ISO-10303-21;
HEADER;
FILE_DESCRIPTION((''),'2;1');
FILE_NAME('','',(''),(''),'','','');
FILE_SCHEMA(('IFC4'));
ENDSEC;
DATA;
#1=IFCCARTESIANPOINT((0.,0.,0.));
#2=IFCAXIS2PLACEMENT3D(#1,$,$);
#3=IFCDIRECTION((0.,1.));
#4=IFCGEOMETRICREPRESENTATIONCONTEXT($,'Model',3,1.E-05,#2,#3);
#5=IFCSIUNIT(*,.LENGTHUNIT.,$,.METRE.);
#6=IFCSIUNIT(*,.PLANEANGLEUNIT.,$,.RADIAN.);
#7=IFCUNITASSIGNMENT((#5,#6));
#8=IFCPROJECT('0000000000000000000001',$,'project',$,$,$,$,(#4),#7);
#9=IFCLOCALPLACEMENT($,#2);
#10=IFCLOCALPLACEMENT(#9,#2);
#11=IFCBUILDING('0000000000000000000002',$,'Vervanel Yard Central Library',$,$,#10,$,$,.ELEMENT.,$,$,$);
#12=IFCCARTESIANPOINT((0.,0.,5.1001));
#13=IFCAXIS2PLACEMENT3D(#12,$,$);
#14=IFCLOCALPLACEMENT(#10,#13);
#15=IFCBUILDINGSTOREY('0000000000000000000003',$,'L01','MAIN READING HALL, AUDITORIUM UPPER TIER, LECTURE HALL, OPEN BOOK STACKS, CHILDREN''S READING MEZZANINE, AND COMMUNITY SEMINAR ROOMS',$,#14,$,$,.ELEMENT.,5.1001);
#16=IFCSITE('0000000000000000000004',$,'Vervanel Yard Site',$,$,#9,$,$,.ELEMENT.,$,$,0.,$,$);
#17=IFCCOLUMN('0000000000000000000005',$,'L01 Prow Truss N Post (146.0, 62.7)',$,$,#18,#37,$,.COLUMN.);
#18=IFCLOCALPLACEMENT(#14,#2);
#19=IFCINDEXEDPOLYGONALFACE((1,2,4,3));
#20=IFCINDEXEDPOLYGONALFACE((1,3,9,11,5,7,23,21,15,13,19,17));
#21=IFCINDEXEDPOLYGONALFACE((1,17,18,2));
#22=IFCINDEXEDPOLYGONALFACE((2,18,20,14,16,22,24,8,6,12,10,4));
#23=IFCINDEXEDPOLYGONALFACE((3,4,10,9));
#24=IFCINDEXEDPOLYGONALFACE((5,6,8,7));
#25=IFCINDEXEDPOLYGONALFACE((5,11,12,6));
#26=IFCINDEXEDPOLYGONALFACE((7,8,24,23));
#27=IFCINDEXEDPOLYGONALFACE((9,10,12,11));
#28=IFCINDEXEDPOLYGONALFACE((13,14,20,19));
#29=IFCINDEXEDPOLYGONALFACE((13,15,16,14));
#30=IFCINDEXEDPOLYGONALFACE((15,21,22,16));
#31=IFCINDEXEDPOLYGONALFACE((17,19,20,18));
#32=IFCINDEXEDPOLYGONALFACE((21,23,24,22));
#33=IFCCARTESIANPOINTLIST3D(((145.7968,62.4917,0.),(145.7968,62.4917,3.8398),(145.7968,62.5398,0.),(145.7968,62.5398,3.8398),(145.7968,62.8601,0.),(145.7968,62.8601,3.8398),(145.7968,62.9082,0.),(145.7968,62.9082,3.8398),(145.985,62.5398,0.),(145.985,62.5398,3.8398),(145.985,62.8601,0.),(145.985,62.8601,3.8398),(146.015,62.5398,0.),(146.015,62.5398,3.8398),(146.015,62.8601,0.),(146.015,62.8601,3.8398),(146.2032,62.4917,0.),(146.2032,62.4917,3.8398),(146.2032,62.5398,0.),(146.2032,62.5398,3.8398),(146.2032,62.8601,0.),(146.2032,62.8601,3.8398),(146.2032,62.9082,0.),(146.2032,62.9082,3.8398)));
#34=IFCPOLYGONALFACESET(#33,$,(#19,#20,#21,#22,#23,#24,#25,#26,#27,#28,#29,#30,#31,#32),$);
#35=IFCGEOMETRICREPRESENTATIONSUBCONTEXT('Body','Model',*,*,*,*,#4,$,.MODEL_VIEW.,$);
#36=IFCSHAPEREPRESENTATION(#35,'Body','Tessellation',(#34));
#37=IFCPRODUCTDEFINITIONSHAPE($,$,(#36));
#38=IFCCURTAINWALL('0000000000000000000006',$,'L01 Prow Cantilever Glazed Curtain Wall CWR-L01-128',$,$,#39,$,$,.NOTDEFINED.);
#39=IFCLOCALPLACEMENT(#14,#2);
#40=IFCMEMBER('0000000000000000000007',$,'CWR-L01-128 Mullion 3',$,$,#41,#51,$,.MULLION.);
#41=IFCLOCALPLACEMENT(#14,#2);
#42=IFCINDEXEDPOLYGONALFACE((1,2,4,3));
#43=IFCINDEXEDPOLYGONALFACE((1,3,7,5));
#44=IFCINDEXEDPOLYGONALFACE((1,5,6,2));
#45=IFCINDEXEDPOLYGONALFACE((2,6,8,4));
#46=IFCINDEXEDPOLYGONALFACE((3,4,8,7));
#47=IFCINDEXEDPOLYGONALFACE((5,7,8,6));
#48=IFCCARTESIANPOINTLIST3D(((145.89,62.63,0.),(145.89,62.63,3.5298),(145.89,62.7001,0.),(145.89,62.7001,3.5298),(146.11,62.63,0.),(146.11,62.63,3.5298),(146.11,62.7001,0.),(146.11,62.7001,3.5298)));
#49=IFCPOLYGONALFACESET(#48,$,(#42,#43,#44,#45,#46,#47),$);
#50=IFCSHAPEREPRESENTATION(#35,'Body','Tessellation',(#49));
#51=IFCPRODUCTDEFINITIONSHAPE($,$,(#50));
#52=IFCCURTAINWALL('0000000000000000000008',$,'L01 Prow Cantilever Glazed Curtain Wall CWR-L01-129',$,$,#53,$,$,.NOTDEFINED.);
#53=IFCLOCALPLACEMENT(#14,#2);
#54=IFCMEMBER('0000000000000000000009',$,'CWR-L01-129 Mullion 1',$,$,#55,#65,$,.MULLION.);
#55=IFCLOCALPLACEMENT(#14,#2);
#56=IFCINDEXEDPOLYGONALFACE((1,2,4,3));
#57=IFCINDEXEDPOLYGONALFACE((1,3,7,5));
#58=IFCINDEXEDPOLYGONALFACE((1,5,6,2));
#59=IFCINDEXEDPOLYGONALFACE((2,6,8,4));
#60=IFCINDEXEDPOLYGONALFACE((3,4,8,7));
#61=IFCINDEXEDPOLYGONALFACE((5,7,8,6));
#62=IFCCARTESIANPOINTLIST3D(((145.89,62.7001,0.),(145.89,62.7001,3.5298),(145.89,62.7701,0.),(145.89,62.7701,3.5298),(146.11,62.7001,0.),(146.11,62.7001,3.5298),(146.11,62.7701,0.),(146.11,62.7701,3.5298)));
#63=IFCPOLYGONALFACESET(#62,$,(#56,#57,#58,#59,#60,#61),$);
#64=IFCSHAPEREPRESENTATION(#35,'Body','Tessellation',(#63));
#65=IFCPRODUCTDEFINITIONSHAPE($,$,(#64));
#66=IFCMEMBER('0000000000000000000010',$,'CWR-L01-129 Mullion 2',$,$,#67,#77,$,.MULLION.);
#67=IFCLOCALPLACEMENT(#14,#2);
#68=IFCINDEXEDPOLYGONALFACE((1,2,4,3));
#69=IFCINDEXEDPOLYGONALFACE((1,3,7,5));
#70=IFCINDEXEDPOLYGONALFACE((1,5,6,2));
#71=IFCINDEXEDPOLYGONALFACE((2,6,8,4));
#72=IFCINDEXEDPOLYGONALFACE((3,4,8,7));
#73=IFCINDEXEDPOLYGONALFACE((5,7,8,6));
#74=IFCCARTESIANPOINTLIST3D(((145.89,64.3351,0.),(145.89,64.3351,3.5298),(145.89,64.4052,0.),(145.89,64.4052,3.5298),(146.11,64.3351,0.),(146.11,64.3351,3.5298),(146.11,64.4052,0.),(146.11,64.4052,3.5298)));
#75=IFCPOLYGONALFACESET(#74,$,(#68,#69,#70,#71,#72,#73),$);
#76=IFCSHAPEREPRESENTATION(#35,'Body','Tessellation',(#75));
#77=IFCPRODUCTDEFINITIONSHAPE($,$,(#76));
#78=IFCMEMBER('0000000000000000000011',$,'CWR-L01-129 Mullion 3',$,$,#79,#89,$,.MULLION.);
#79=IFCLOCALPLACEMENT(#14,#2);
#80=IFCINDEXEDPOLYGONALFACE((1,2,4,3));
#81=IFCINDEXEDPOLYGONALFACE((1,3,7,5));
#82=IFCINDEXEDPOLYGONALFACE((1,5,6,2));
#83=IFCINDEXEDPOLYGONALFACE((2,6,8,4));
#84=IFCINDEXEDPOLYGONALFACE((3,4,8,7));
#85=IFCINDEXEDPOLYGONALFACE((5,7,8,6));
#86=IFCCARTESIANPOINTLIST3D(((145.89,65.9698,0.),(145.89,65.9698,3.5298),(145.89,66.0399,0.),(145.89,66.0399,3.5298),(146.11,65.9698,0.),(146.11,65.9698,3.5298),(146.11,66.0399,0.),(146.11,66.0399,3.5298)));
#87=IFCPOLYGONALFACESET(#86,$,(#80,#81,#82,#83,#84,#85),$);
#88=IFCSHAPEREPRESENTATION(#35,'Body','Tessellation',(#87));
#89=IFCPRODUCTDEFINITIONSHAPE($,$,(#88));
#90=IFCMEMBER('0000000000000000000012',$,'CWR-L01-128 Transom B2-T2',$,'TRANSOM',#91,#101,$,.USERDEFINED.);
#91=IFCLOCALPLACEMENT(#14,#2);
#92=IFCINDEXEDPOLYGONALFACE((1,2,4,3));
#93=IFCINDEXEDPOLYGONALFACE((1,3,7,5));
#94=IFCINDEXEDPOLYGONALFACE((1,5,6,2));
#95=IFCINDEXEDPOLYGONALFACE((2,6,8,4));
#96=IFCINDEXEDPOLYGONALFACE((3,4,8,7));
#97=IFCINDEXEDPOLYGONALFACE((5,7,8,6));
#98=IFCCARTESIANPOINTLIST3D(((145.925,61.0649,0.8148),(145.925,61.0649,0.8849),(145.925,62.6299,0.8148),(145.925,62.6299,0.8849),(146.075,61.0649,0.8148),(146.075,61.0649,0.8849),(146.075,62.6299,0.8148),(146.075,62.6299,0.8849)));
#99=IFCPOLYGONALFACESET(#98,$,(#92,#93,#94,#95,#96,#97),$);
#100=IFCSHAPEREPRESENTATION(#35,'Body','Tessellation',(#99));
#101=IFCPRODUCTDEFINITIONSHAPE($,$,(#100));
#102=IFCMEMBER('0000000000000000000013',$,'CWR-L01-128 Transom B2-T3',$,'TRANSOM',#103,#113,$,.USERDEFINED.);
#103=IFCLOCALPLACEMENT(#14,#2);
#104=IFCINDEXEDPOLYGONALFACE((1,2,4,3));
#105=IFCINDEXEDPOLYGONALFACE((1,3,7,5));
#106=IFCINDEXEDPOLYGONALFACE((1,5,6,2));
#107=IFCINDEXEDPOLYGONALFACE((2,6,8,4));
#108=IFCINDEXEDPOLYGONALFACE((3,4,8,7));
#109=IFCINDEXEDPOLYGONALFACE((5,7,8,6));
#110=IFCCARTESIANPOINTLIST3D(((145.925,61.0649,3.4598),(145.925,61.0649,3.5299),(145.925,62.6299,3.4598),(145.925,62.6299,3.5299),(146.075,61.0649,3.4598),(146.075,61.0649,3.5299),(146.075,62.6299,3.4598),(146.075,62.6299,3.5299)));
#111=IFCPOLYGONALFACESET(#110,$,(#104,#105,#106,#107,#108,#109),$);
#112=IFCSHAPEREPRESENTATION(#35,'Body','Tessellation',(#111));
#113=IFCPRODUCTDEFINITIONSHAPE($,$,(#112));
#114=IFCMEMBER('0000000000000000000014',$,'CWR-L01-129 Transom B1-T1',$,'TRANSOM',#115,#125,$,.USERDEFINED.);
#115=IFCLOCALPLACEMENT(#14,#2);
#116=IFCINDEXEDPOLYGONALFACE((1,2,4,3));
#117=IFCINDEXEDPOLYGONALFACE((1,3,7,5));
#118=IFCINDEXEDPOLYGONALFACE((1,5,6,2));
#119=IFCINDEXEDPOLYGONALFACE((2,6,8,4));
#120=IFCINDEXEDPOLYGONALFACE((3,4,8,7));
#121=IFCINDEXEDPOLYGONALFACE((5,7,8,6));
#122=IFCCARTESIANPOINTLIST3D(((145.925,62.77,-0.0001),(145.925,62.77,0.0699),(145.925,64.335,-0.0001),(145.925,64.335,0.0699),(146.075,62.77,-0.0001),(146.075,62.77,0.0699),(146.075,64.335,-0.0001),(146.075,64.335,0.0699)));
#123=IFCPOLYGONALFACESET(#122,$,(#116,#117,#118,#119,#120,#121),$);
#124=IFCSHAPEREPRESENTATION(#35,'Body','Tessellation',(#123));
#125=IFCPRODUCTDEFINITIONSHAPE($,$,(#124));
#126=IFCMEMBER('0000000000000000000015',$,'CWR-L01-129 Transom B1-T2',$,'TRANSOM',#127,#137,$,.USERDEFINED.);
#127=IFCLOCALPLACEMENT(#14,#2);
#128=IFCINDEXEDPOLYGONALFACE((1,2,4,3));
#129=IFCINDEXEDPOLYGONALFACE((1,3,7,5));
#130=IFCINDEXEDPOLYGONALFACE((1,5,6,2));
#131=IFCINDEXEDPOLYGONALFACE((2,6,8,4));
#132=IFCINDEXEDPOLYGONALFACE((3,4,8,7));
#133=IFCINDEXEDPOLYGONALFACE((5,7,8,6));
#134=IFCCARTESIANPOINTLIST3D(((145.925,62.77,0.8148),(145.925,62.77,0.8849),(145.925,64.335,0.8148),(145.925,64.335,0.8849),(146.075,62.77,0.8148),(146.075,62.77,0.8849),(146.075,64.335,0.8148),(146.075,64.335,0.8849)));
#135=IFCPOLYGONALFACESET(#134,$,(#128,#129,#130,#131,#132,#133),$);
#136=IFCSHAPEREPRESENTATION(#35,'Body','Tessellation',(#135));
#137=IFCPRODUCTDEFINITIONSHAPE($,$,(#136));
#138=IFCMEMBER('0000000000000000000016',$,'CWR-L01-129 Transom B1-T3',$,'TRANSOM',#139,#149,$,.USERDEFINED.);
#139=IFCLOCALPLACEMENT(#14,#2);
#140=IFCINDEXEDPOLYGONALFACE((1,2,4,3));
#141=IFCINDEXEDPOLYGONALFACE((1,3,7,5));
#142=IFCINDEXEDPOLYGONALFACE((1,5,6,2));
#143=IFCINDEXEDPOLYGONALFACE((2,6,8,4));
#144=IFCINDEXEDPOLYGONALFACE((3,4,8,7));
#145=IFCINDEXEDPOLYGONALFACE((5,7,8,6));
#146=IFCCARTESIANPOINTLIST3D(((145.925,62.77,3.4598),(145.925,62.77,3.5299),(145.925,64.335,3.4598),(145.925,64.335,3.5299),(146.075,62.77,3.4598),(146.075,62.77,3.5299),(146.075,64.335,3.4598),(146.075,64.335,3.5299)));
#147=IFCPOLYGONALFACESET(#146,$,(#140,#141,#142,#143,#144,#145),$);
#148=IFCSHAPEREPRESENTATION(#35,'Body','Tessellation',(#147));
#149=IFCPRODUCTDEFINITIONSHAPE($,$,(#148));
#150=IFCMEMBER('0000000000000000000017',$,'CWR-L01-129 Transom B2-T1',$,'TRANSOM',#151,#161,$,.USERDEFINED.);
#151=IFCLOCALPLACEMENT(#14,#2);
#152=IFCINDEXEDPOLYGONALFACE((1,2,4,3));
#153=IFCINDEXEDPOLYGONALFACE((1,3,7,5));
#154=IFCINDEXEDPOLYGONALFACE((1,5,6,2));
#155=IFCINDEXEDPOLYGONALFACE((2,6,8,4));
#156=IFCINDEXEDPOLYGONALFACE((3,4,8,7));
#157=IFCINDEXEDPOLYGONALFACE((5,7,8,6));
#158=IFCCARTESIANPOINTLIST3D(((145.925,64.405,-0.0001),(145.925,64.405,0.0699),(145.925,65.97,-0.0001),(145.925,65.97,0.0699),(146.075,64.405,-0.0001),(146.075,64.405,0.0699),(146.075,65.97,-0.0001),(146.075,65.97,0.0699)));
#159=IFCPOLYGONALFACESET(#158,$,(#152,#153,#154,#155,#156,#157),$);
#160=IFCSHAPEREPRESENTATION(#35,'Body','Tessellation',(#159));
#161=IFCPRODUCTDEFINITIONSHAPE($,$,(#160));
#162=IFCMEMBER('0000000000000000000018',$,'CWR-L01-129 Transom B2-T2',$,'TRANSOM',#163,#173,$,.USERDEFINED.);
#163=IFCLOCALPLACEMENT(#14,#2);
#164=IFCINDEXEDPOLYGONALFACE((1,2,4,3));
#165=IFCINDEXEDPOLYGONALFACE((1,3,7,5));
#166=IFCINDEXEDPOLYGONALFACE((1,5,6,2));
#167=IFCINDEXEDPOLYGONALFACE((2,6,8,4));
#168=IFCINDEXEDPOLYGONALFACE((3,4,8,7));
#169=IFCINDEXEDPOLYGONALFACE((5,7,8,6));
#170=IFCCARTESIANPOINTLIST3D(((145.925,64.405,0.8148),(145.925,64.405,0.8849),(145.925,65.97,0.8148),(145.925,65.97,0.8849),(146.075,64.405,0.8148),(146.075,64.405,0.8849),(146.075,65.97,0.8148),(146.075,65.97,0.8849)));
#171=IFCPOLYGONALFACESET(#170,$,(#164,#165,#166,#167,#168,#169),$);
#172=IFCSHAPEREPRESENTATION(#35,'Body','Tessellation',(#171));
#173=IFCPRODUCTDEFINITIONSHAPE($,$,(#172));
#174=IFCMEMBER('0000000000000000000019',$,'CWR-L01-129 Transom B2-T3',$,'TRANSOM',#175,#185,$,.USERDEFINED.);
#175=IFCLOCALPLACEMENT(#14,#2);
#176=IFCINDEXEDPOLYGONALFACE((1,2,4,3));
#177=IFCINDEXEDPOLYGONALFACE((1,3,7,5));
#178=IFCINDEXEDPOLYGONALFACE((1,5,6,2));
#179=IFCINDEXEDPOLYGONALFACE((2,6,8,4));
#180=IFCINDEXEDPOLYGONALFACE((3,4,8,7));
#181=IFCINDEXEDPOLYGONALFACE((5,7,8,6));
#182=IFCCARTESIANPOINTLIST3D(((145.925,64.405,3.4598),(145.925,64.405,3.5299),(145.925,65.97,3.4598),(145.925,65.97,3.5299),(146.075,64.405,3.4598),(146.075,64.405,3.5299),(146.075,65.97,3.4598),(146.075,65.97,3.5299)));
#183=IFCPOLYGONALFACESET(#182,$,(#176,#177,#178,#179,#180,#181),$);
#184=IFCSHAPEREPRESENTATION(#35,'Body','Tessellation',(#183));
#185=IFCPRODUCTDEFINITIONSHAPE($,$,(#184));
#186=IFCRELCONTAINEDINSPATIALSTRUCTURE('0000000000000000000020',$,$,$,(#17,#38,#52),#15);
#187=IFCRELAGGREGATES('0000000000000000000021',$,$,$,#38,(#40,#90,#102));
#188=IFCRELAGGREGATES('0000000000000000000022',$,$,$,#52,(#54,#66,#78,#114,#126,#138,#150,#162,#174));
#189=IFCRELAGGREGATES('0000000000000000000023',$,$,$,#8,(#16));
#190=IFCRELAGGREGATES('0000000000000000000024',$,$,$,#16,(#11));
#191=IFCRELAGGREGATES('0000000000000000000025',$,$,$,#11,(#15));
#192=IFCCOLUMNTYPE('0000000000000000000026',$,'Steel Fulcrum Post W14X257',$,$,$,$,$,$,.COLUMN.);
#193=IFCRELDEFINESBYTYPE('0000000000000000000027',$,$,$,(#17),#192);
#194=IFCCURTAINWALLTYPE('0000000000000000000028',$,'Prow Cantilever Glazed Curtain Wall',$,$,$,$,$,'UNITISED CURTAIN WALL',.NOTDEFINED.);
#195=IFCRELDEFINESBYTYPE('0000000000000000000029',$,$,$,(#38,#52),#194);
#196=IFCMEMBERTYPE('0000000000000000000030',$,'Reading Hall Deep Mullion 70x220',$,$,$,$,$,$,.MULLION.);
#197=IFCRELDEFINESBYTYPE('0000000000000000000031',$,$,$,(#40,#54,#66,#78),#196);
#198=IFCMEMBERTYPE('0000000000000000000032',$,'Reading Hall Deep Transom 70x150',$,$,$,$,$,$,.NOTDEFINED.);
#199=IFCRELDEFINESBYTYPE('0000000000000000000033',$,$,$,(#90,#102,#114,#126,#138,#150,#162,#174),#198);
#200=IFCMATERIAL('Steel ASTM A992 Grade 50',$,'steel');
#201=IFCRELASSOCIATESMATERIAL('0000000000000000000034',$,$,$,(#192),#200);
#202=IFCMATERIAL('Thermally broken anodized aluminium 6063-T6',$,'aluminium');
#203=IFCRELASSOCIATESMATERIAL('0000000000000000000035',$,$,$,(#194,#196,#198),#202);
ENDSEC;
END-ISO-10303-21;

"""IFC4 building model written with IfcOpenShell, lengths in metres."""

from ifc_helpers import new_model, si_unit, direction, frame, origin, origin_2d, place, context, subcontext, project, spatial, rectangle, i_section, extrude, material, material_profile, profile_set, type_object, element, aggregate, save


model = new_model("IFC4")

# Units and contexts
model_context = context("Model", 3, precision=1e-05, world=origin(), true_north=direction((0.0, 1.0)))
body_context = subcontext(model_context, "Body", "Model", "MODEL_VIEW")
ifc_project = project(units=[si_unit("LENGTHUNIT", "METRE"), si_unit("PLANEANGLEUNIT", "RADIAN")], contexts=[model_context])

# Site, building, storey
site_placement = place(None, origin())
site = spatial("IfcSite", under=ifc_project, at=site_placement, Name="Vervanel Yard Site", CompositionType="ELEMENT", RefElevation=0.0)
building_placement = place(site_placement, origin())
building = spatial("IfcBuilding", under=site, at=building_placement, Name="Vervanel Yard Central Library", CompositionType="ELEMENT")
storey_placement = place(building_placement, frame((0.0, 0.0, 5.1001)))
storey = spatial("IfcBuildingStorey", under=building, at=storey_placement, Name="L01", Description="MAIN READING HALL, AUDITORIUM UPPER TIER, LECTURE HALL, OPEN BOOK STACKS, CHILDREN'S READING MEZZANINE, AND COMMUNITY SEMINAR ROOMS", CompositionType="ELEMENT", Elevation=5.1001)

# Column
ifc_material_1 = material(Name="Steel ASTM A992 Grade 50", Category="steel")
ifc_material_profile_1 = material_profile(ifc_material_1, i_section(OverallWidth=0.4065, OverallDepth=0.4165, WebThickness=0.03, FlangeThickness=0.0481, at=origin_2d()), Name="W14X257", Category="steel")
ifc_profile_set_1 = profile_set([ifc_material_profile_1], Name="Steel ASTM A992 Grade 50")
column_type = type_object("IfcColumnType", Name="Steel Fulcrum Post W14X257", PredefinedType="COLUMN", material=ifc_profile_set_1)
column_placement = place(storey_placement, frame((146.0, 62.7, 0.0), z_axis=(0.0, 0.0, 1.0), x_axis=(1.0, 0.0, 0.0)))
element("IfcColumn", 1, at=column_placement, inside=storey, type_object=column_type, Name="L01 Prow Truss N Post (146.0, 62.7)", PredefinedType="COLUMN", context=body_context, shape_type="SweptSolid", body=[
    extrude(i_section(OverallWidth=0.4065, OverallDepth=0.4165, WebThickness=0.03, FlangeThickness=0.0481, at=origin_2d()), origin(), (0.0, 0.0, 1.0), 3.8398),
])

# Curtain wall, member
ifc_material_2 = material(Name="Thermally broken anodized aluminium 6063-T6", Category="aluminium")
curtain_wall_type = type_object("IfcCurtainWallType", Name="Prow Cantilever Glazed Curtain Wall", ElementType="UNITISED CURTAIN WALL", PredefinedType="NOTDEFINED", material=ifc_material_2)
curtain_wall_1_placement = place(storey_placement, origin())
curtain_wall_1 = element("IfcCurtainWall", 2, at=curtain_wall_1_placement, inside=storey, type_object=curtain_wall_type, Name="L01 Prow Cantilever Glazed Curtain Wall CWR-L01-128", PredefinedType="NOTDEFINED")
ifc_material_profile_2 = material_profile(ifc_material_2, rectangle(XDim=0.0701, YDim=0.22, at=origin_2d()), Name="ALU 70x220", Category="aluminium")
ifc_profile_set_2 = profile_set([ifc_material_profile_2], Name="Thermally broken anodized aluminium 6063-T6")
member_type_1 = type_object("IfcMemberType", Name="Reading Hall Deep Mullion 70x220", PredefinedType="MULLION", material=ifc_profile_set_2)
member_1_placement = place(storey_placement, frame((146.0, 62.665, 0.0), z_axis=(0.0, 0.0, 1.0), x_axis=(0.0, 1.0, 0.0)))
member_1 = element("IfcMember", 3, at=member_1_placement, type_object=member_type_1, Name="CWR-L01-128 Mullion 3", PredefinedType="MULLION", context=body_context, shape_type="SweptSolid", body=[
    extrude(rectangle(XDim=0.0701, YDim=0.22, at=origin_2d()), origin(), (0.0, 0.0, 1.0), 3.5298),
])

# Curtain wall, members
curtain_wall_2_placement = place(storey_placement, origin())
curtain_wall_2 = element("IfcCurtainWall", 4, at=curtain_wall_2_placement, inside=storey, type_object=curtain_wall_type, Name="L01 Prow Cantilever Glazed Curtain Wall CWR-L01-129", PredefinedType="NOTDEFINED")
member_2_placement = place(storey_placement, frame((146.0, 62.7351, 0.0), z_axis=(0.0, 0.0, 1.0), x_axis=(0.0, 1.0, 0.0)))
member_2 = element("IfcMember", 5, at=member_2_placement, type_object=member_type_1, Name="CWR-L01-129 Mullion 1", PredefinedType="MULLION", context=body_context, shape_type="SweptSolid", body=[
    extrude(rectangle(XDim=0.0701, YDim=0.22, at=origin_2d()), origin(), (0.0, 0.0, 1.0), 3.5298),
])
member_3_placement = place(storey_placement, frame((146.0, 64.3701, 0.0), z_axis=(0.0, 0.0, 1.0), x_axis=(0.0, 1.0, 0.0)))
member_3 = element("IfcMember", 6, at=member_3_placement, type_object=member_type_1, Name="CWR-L01-129 Mullion 2", PredefinedType="MULLION", context=body_context, shape_type="SweptSolid", body=[
    extrude(rectangle(XDim=0.0701, YDim=0.22, at=origin_2d()), origin(), (0.0, 0.0, 1.0), 3.5298),
])
member_4_placement = place(storey_placement, frame((146.0, 66.0049, 0.0), z_axis=(0.0, 0.0, 1.0), x_axis=(0.0, 1.0, 0.0)))
member_4 = element("IfcMember", 7, at=member_4_placement, type_object=member_type_1, Name="CWR-L01-129 Mullion 3", PredefinedType="MULLION", context=body_context, shape_type="SweptSolid", body=[
    extrude(rectangle(XDim=0.0701, YDim=0.22, at=origin_2d()), origin(), (0.0, 0.0, 1.0), 3.5298),
])

# Members
ifc_material_profile_3 = material_profile(ifc_material_2, rectangle(XDim=0.0701, YDim=0.1499, at=origin_2d()), Name="ALU 70x150", Category="aluminium")
ifc_profile_set_3 = profile_set([ifc_material_profile_3], Name="Thermally broken anodized aluminium 6063-T6")
member_type_2 = type_object("IfcMemberType", Name="Reading Hall Deep Transom 70x150", PredefinedType="NOTDEFINED", material=ifc_profile_set_3)
member_5_placement = place(storey_placement, frame((146.0, 61.0649, 0.8499), z_axis=(0.0, 1.0, 0.0), x_axis=(0.0, 0.0, 1.0)))
member_5 = element("IfcMember", 8, at=member_5_placement, type_object=member_type_2, Name="CWR-L01-128 Transom B2-T2", ObjectType="TRANSOM", PredefinedType="USERDEFINED", context=body_context, shape_type="SweptSolid", body=[
    extrude(rectangle(XDim=0.0701, YDim=0.1499, at=origin_2d()), origin(), (0.0, 0.0, 1.0), 1.5649),
])
member_6_placement = place(storey_placement, frame((146.0, 61.0649, 3.4949), z_axis=(0.0, 1.0, 0.0), x_axis=(0.0, 0.0, 1.0)))
member_6 = element("IfcMember", 9, at=member_6_placement, type_object=member_type_2, Name="CWR-L01-128 Transom B2-T3", ObjectType="TRANSOM", PredefinedType="USERDEFINED", context=body_context, shape_type="SweptSolid", body=[
    extrude(rectangle(XDim=0.0701, YDim=0.1499, at=origin_2d()), origin(), (0.0, 0.0, 1.0), 1.5649),
])
member_7_placement = place(storey_placement, frame((146.0, 62.77, 0.0349), z_axis=(0.0, 1.0, 0.0), x_axis=(0.0, 0.0, 1.0)))
member_7 = element("IfcMember", 10, at=member_7_placement, type_object=member_type_2, Name="CWR-L01-129 Transom B1-T1", ObjectType="TRANSOM", PredefinedType="USERDEFINED", context=body_context, shape_type="SweptSolid", body=[
    extrude(rectangle(XDim=0.0701, YDim=0.1499, at=origin_2d()), origin(), (0.0, 0.0, 1.0), 1.5649),
])
member_8_placement = place(storey_placement, frame((146.0, 62.77, 0.8499), z_axis=(0.0, 1.0, 0.0), x_axis=(0.0, 0.0, 1.0)))
member_8 = element("IfcMember", 11, at=member_8_placement, type_object=member_type_2, Name="CWR-L01-129 Transom B1-T2", ObjectType="TRANSOM", PredefinedType="USERDEFINED", context=body_context, shape_type="SweptSolid", body=[
    extrude(rectangle(XDim=0.0701, YDim=0.1499, at=origin_2d()), origin(), (0.0, 0.0, 1.0), 1.5649),
])
member_9_placement = place(storey_placement, frame((146.0, 62.77, 3.4949), z_axis=(0.0, 1.0, 0.0), x_axis=(0.0, 0.0, 1.0)))
member_9 = element("IfcMember", 12, at=member_9_placement, type_object=member_type_2, Name="CWR-L01-129 Transom B1-T3", ObjectType="TRANSOM", PredefinedType="USERDEFINED", context=body_context, shape_type="SweptSolid", body=[
    extrude(rectangle(XDim=0.0701, YDim=0.1499, at=origin_2d()), origin(), (0.0, 0.0, 1.0), 1.5649),
])
member_10_placement = place(storey_placement, frame((146.0, 64.405, 0.0349), z_axis=(0.0, 1.0, 0.0), x_axis=(0.0, 0.0, 1.0)))
member_10 = element("IfcMember", 13, at=member_10_placement, type_object=member_type_2, Name="CWR-L01-129 Transom B2-T1", ObjectType="TRANSOM", PredefinedType="USERDEFINED", context=body_context, shape_type="SweptSolid", body=[
    extrude(rectangle(XDim=0.0701, YDim=0.1499, at=origin_2d()), origin(), (0.0, 0.0, 1.0), 1.5649),
])
member_11_placement = place(storey_placement, frame((146.0, 64.405, 0.8499), z_axis=(0.0, 1.0, 0.0), x_axis=(0.0, 0.0, 1.0)))
member_11 = element("IfcMember", 14, at=member_11_placement, type_object=member_type_2, Name="CWR-L01-129 Transom B2-T2", ObjectType="TRANSOM", PredefinedType="USERDEFINED", context=body_context, shape_type="SweptSolid", body=[
    extrude(rectangle(XDim=0.0701, YDim=0.1499, at=origin_2d()), origin(), (0.0, 0.0, 1.0), 1.5649),
])
member_12_placement = place(storey_placement, frame((146.0, 64.405, 3.4949), z_axis=(0.0, 1.0, 0.0), x_axis=(0.0, 0.0, 1.0)))
member_12 = element("IfcMember", 15, at=member_12_placement, type_object=member_type_2, Name="CWR-L01-129 Transom B2-T3", ObjectType="TRANSOM", PredefinedType="USERDEFINED", context=body_context, shape_type="SweptSolid", body=[
    extrude(rectangle(XDim=0.0701, YDim=0.1499, at=origin_2d()), origin(), (0.0, 0.0, 1.0), 1.5649),
])

aggregate(curtain_wall_1, [member_1, member_5, member_6])
aggregate(curtain_wall_2, [member_2, member_3, member_4, member_7, member_8, member_9, member_10, member_11, member_12])

save(model, "model.ifc")
